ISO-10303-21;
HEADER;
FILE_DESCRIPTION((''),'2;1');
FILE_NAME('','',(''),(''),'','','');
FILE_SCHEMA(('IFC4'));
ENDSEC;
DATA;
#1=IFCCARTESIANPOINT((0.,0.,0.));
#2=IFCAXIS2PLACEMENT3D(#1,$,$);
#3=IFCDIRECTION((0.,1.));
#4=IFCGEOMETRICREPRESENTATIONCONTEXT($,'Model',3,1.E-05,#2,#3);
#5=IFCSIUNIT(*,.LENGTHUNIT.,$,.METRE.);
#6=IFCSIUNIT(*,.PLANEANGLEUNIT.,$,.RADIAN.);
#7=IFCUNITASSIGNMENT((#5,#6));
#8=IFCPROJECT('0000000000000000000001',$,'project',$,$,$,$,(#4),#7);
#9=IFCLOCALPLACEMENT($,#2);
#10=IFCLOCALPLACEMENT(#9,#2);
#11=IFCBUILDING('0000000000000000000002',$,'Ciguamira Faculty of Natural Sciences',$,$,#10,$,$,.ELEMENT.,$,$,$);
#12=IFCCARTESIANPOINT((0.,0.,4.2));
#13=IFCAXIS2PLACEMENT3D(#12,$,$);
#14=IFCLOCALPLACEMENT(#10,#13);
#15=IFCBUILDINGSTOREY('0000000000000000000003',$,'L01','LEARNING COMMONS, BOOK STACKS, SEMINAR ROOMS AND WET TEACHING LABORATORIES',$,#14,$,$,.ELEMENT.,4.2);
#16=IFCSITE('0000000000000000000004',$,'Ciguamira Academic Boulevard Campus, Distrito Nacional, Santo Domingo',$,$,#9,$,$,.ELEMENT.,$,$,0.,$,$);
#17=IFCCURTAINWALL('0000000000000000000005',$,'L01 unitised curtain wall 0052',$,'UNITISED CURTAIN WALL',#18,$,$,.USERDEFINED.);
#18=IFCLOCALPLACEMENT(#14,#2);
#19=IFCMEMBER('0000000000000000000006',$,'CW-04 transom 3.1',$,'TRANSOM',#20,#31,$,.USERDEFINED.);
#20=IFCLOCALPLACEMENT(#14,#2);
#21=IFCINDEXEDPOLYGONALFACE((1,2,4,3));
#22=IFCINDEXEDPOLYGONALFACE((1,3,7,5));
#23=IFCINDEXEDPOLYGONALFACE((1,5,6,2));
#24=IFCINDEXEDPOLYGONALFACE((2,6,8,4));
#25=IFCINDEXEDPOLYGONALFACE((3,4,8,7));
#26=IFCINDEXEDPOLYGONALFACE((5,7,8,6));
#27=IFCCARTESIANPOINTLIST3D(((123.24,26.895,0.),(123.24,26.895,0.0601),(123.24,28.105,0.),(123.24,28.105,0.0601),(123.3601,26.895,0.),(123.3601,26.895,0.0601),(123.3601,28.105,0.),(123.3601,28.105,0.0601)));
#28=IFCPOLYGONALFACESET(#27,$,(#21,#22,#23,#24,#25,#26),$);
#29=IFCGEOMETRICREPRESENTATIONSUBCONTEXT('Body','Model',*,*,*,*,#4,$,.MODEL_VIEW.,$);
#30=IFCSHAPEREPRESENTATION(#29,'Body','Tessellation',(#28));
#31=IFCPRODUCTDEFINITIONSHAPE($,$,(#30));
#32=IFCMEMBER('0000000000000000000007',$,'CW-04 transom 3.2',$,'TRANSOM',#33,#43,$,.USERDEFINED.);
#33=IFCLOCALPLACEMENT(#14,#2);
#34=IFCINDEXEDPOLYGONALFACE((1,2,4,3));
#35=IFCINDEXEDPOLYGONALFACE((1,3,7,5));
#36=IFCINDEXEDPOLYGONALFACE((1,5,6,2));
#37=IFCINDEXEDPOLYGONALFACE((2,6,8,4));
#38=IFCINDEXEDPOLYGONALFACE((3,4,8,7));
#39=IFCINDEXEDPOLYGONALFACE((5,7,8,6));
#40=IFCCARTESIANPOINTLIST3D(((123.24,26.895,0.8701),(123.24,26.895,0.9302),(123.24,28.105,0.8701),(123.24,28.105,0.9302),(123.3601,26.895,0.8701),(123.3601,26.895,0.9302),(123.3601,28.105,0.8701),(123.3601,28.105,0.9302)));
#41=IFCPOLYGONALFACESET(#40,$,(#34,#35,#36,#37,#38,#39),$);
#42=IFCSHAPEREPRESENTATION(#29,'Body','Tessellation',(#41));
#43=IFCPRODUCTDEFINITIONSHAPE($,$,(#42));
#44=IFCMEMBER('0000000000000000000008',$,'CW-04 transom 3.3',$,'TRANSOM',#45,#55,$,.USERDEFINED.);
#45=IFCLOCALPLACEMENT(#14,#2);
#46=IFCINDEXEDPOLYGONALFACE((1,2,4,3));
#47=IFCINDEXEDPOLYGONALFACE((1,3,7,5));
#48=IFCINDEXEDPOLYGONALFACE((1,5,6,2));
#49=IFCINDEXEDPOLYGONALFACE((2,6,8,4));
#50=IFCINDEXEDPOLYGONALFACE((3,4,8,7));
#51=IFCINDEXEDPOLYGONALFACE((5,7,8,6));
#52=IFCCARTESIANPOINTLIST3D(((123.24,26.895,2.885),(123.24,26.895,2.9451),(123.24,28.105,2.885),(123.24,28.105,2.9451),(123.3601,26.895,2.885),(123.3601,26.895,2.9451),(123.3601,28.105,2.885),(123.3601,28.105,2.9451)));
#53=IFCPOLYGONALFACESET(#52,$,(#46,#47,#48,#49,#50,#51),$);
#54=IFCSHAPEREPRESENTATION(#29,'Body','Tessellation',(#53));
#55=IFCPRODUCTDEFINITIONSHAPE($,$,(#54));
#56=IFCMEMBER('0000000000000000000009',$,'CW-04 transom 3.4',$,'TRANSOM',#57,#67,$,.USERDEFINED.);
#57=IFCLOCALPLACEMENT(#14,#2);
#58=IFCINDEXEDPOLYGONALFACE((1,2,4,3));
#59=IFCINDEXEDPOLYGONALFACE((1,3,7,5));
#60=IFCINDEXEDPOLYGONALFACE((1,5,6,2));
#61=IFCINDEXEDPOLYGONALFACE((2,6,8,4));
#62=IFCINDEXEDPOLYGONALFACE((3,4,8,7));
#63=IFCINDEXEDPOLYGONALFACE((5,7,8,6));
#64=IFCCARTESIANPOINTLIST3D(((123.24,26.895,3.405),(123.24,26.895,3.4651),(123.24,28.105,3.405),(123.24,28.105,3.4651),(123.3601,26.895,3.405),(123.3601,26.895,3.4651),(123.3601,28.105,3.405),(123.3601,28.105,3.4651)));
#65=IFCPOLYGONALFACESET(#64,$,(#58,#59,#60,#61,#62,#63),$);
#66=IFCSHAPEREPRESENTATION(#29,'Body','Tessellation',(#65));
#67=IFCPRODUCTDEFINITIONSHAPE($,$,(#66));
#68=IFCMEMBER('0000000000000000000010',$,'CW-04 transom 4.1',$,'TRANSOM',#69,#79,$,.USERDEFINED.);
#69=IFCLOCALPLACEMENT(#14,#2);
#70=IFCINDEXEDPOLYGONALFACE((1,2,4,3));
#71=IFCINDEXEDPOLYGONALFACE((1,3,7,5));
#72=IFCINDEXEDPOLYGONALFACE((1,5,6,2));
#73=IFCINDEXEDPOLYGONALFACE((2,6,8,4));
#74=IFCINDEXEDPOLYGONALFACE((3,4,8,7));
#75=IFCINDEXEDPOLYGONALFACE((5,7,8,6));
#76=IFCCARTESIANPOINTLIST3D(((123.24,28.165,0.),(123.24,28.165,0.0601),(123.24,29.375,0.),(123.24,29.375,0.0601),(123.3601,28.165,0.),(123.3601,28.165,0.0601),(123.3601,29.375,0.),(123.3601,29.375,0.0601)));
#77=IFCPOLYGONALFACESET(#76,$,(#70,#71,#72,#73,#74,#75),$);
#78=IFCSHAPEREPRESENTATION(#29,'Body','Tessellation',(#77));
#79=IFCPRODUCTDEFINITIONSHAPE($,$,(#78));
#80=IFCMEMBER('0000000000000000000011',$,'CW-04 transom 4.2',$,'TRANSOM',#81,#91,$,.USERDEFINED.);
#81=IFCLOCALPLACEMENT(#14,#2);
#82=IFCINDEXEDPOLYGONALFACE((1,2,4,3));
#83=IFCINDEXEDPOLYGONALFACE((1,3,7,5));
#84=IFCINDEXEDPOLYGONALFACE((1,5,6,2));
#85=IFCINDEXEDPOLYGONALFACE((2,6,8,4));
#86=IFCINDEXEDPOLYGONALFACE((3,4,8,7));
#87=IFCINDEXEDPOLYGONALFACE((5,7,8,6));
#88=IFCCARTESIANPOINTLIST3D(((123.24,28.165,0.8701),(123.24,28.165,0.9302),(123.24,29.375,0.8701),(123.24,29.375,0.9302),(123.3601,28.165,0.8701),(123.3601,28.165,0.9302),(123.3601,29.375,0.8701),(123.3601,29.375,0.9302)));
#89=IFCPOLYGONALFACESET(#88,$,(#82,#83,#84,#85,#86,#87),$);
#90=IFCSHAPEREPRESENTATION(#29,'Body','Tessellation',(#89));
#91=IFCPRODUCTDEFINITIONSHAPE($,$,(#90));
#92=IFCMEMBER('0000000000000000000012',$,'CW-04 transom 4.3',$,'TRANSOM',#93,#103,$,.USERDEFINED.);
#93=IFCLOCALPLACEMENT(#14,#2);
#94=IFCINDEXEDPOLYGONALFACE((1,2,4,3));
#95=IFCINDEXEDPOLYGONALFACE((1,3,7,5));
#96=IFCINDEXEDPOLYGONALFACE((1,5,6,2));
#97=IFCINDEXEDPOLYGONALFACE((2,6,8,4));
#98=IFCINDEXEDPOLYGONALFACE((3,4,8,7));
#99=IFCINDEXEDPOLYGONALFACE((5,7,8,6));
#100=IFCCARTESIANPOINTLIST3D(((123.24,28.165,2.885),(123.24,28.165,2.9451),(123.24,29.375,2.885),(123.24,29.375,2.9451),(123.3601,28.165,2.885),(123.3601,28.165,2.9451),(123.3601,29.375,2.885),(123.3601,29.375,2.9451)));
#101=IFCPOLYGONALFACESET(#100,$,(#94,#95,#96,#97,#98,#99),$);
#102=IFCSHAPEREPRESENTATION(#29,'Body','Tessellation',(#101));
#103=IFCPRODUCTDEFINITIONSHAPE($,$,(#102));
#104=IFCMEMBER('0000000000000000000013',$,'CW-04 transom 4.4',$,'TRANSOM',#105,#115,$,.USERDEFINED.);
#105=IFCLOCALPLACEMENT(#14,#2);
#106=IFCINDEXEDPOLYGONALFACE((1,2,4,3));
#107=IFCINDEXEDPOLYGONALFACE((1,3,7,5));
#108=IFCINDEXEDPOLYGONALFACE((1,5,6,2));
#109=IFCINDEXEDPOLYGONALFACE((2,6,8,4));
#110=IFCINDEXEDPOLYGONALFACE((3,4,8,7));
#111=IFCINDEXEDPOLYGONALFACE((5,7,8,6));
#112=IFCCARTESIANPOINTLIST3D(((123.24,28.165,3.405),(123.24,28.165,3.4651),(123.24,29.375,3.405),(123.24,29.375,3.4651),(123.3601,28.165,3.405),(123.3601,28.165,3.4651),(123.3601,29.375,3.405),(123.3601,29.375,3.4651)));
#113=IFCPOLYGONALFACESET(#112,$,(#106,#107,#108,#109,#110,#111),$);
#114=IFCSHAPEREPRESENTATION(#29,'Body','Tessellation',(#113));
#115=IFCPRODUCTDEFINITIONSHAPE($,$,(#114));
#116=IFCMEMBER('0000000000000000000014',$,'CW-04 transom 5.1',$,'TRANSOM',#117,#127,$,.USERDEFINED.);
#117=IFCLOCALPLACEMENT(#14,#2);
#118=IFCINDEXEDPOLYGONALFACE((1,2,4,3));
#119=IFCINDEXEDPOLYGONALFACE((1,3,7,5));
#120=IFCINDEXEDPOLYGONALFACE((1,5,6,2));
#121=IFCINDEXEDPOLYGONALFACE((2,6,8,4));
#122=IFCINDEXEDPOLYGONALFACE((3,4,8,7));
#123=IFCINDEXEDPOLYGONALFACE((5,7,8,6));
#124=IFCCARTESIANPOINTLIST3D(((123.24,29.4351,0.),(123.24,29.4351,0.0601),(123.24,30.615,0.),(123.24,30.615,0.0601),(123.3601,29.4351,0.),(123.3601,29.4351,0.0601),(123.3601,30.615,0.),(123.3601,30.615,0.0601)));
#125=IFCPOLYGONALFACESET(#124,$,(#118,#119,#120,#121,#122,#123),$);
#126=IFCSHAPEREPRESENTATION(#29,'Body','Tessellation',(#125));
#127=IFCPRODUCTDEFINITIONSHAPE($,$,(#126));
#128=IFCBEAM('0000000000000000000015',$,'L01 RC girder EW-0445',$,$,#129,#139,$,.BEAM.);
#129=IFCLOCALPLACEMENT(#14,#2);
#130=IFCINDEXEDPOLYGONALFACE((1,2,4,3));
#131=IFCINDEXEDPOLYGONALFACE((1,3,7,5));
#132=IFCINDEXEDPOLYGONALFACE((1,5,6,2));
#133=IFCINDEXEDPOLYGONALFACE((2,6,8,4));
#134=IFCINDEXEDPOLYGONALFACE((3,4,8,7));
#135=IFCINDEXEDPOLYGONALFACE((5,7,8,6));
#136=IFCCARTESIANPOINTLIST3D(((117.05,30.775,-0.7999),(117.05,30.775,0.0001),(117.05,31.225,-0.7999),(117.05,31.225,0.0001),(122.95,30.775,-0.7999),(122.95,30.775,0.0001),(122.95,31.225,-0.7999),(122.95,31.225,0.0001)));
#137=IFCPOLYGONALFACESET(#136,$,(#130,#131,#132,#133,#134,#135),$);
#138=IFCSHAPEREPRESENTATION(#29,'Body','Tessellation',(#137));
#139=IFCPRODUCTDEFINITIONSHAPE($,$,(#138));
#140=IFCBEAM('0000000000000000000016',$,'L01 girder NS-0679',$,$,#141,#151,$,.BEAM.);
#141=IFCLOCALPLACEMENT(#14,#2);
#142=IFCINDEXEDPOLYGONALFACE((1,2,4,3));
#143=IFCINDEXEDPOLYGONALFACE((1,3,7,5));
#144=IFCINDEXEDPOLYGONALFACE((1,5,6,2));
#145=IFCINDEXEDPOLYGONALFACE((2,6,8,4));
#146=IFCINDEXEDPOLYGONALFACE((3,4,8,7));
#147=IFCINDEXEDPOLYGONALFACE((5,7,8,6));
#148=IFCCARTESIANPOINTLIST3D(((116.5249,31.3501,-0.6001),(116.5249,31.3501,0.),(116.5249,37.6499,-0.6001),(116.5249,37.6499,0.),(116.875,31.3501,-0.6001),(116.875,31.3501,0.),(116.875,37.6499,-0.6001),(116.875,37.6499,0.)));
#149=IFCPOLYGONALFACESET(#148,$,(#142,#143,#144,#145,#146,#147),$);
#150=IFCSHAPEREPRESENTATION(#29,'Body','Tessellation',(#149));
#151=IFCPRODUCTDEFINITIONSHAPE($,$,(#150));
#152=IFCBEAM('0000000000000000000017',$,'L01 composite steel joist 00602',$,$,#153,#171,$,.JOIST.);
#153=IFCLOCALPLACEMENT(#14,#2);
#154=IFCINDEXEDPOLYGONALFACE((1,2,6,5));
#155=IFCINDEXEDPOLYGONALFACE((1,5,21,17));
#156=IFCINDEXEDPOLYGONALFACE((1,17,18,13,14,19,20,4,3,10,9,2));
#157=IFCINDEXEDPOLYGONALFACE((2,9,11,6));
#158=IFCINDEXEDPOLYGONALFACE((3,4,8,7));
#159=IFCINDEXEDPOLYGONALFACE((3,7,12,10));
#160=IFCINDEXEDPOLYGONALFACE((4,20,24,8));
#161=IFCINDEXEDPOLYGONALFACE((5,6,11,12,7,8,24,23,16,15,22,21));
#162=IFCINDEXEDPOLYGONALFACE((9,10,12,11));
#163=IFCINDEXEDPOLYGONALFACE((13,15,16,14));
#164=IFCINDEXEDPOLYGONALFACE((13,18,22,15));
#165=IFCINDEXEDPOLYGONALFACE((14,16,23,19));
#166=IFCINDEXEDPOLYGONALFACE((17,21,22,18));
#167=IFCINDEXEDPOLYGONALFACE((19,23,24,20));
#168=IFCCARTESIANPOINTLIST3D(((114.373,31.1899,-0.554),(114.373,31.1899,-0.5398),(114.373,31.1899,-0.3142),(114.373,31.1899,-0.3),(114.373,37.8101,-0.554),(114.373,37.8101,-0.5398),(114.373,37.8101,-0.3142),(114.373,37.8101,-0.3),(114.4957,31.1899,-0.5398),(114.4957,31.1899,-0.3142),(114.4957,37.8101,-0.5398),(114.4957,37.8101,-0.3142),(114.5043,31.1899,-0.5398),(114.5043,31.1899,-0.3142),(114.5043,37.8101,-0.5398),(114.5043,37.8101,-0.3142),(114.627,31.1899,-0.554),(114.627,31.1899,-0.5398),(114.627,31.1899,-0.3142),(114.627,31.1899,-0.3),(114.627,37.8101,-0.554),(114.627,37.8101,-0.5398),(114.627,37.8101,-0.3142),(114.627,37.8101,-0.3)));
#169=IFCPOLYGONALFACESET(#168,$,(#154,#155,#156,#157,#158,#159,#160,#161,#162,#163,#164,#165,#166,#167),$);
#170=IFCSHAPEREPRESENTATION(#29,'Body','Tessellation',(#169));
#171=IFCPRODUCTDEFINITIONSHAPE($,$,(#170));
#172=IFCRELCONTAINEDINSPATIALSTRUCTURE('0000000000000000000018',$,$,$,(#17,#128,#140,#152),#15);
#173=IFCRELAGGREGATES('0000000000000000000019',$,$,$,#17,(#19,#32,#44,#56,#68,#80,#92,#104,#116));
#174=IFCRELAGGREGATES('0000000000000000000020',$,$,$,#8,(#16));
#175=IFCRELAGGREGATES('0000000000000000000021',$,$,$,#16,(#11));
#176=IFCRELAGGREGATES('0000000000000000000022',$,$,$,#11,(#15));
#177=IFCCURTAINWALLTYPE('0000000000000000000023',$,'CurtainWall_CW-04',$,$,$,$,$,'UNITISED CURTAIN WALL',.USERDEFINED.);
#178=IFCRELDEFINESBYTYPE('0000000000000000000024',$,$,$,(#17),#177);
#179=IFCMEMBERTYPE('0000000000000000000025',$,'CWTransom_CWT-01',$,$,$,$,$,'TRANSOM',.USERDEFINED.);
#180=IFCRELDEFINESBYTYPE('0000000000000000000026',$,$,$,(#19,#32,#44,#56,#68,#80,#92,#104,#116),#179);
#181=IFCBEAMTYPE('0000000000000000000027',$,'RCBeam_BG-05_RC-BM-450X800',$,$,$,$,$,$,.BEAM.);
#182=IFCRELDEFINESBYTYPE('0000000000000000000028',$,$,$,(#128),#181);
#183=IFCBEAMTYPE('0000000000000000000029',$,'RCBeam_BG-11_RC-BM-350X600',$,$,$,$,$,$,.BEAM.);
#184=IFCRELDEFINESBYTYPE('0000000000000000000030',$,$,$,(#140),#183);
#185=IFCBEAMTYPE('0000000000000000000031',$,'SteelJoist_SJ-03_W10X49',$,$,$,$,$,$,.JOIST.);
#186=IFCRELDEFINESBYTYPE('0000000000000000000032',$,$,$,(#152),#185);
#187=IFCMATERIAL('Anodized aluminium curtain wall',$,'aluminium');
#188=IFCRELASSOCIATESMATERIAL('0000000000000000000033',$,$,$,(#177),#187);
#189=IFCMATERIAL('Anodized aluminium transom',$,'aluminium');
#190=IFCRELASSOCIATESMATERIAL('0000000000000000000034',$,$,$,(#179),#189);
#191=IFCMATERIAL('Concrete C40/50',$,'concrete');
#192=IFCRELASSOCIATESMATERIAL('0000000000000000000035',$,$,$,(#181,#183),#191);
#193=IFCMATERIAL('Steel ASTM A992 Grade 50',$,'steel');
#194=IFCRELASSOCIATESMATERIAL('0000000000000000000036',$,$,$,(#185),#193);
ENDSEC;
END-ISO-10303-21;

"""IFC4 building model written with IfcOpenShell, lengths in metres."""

from ifc_helpers import new_model, si_unit, direction, frame, origin, origin_2d, place, context, subcontext, project, spatial, rectangle, i_section, extrude, material, material_profile, profile_set, type_object, element, aggregate, save


model = new_model("IFC4")

# Units and contexts
model_context = context("Model", 3, precision=1e-05, world=origin(), true_north=direction((0.0, 1.0)))
body_context = subcontext(model_context, "Body", "Model", "MODEL_VIEW")
ifc_project = project(units=[si_unit("LENGTHUNIT", "METRE"), si_unit("PLANEANGLEUNIT", "RADIAN")], contexts=[model_context])

# Site, building, storey
site_placement = place(None, origin())
site = spatial("IfcSite", under=ifc_project, at=site_placement, Name="Ciguamira Academic Boulevard Campus, Distrito Nacional, Santo Domingo", CompositionType="ELEMENT", RefElevation=0.0)
building_placement = place(site_placement, origin())
building = spatial("IfcBuilding", under=site, at=building_placement, Name="Ciguamira Faculty of Natural Sciences", CompositionType="ELEMENT")
storey_placement = place(building_placement, frame((0.0, 0.0, 4.2)))
storey = spatial("IfcBuildingStorey", under=building, at=storey_placement, Name="L01", Description="LEARNING COMMONS, BOOK STACKS, SEMINAR ROOMS AND WET TEACHING LABORATORIES", CompositionType="ELEMENT", Elevation=4.2)

# Shared definitions
ifc_material_1 = material(Name="Concrete C40/50", Category="concrete")

# Shared definitions
ifc_material_2 = material(Name="Anodized aluminium curtain wall", Category="aluminium")

# Curtain wall
curtain_wall_type_1 = type_object("IfcCurtainWallType", Name="CurtainWall_CW-04", ElementType="UNITISED CURTAIN WALL", PredefinedType="USERDEFINED", material=ifc_material_2)
curtain_wall_1_placement = place(storey_placement, origin())
curtain_wall_1 = element("IfcCurtainWall", 1, at=curtain_wall_1_placement, inside=storey, type_object=curtain_wall_type_1, Name="L01 unitised curtain wall 0052", ObjectType="UNITISED CURTAIN WALL", PredefinedType="USERDEFINED")

# Members
ifc_material_3 = material(Name="Anodized aluminium transom", Category="aluminium")
ifc_material_profile_1 = material_profile(ifc_material_3, rectangle(XDim=0.0601, YDim=0.1201, at=origin_2d()), Name="ALU-TRN-60X120")
ifc_profile_set_1 = profile_set([ifc_material_profile_1], Name="Anodized aluminium transom")
member_type_1 = type_object("IfcMemberType", Name="CWTransom_CWT-01", ElementType="TRANSOM", PredefinedType="USERDEFINED", material=ifc_profile_set_1)
member_1_placement = place(storey_placement, frame((123.3, 26.895, 0.03), z_axis=(0.0, 1.0, 0.0), x_axis=(0.0, 0.0, 1.0)))
member_1 = element("IfcMember", 2, at=member_1_placement, type_object=member_type_1, Name="CW-04 transom 3.1", ObjectType="TRANSOM", PredefinedType="USERDEFINED", context=body_context, shape_type="SweptSolid", body=[
    extrude(rectangle(XDim=0.0601, YDim=0.1201, at=origin_2d()), origin(), (0.0, 0.0, 1.0), 1.21),
])
member_2_placement = place(storey_placement, frame((123.3, 26.895, 0.9001), z_axis=(0.0, 1.0, 0.0), x_axis=(0.0, 0.0, 1.0)))
member_2 = element("IfcMember", 3, at=member_2_placement, type_object=member_type_1, Name="CW-04 transom 3.2", ObjectType="TRANSOM", PredefinedType="USERDEFINED", context=body_context, shape_type="SweptSolid", body=[
    extrude(rectangle(XDim=0.0601, YDim=0.1201, at=origin_2d()), origin(), (0.0, 0.0, 1.0), 1.21),
])
member_3_placement = place(storey_placement, frame((123.3, 26.895, 2.915), z_axis=(0.0, 1.0, 0.0), x_axis=(0.0, 0.0, 1.0)))
member_3 = element("IfcMember", 4, at=member_3_placement, type_object=member_type_1, Name="CW-04 transom 3.3", ObjectType="TRANSOM", PredefinedType="USERDEFINED", context=body_context, shape_type="SweptSolid", body=[
    extrude(rectangle(XDim=0.0601, YDim=0.1201, at=origin_2d()), origin(), (0.0, 0.0, 1.0), 1.21),
])
member_4_placement = place(storey_placement, frame((123.3, 26.895, 3.4351), z_axis=(0.0, 1.0, 0.0), x_axis=(0.0, 0.0, 1.0)))
member_4 = element("IfcMember", 5, at=member_4_placement, type_object=member_type_1, Name="CW-04 transom 3.4", ObjectType="TRANSOM", PredefinedType="USERDEFINED", context=body_context, shape_type="SweptSolid", body=[
    extrude(rectangle(XDim=0.0601, YDim=0.1201, at=origin_2d()), origin(), (0.0, 0.0, 1.0), 1.21),
])
member_5_placement = place(storey_placement, frame((123.3, 28.165, 0.03), z_axis=(0.0, 1.0, 0.0), x_axis=(0.0, 0.0, 1.0)))
member_5 = element("IfcMember", 6, at=member_5_placement, type_object=member_type_1, Name="CW-04 transom 4.1", ObjectType="TRANSOM", PredefinedType="USERDEFINED", context=body_context, shape_type="SweptSolid", body=[
    extrude(rectangle(XDim=0.0601, YDim=0.1201, at=origin_2d()), origin(), (0.0, 0.0, 1.0), 1.21),
])
member_6_placement = place(storey_placement, frame((123.3, 28.165, 0.9001), z_axis=(0.0, 1.0, 0.0), x_axis=(0.0, 0.0, 1.0)))
member_6 = element("IfcMember", 7, at=member_6_placement, type_object=member_type_1, Name="CW-04 transom 4.2", ObjectType="TRANSOM", PredefinedType="USERDEFINED", context=body_context, shape_type="SweptSolid", body=[
    extrude(rectangle(XDim=0.0601, YDim=0.1201, at=origin_2d()), origin(), (0.0, 0.0, 1.0), 1.21),
])
member_7_placement = place(storey_placement, frame((123.3, 28.165, 2.915), z_axis=(0.0, 1.0, 0.0), x_axis=(0.0, 0.0, 1.0)))
member_7 = element("IfcMember", 8, at=member_7_placement, type_object=member_type_1, Name="CW-04 transom 4.3", ObjectType="TRANSOM", PredefinedType="USERDEFINED", context=body_context, shape_type="SweptSolid", body=[
    extrude(rectangle(XDim=0.0601, YDim=0.1201, at=origin_2d()), origin(), (0.0, 0.0, 1.0), 1.21),
])
member_8_placement = place(storey_placement, frame((123.3, 28.165, 3.4351), z_axis=(0.0, 1.0, 0.0), x_axis=(0.0, 0.0, 1.0)))
member_8 = element("IfcMember", 9, at=member_8_placement, type_object=member_type_1, Name="CW-04 transom 4.4", ObjectType="TRANSOM", PredefinedType="USERDEFINED", context=body_context, shape_type="SweptSolid", body=[
    extrude(rectangle(XDim=0.0601, YDim=0.1201, at=origin_2d()), origin(), (0.0, 0.0, 1.0), 1.21),
])
member_9_placement = place(storey_placement, frame((123.3, 29.4351, 0.03), z_axis=(0.0, 1.0, 0.0), x_axis=(0.0, 0.0, 1.0)))
member_9 = element("IfcMember", 10, at=member_9_placement, type_object=member_type_1, Name="CW-04 transom 5.1", ObjectType="TRANSOM", PredefinedType="USERDEFINED", context=body_context, shape_type="SweptSolid", body=[
    extrude(rectangle(XDim=0.0601, YDim=0.1201, at=origin_2d()), origin(), (0.0, 0.0, 1.0), 1.1799),
])

# Beams
ifc_material_profile_2 = material_profile(ifc_material_1, rectangle(XDim=0.45, YDim=0.8, at=origin_2d()), Name="RC-BM-450X800")
ifc_profile_set_2 = profile_set([ifc_material_profile_2], Name="Concrete C40/50")
beam_type_1 = type_object("IfcBeamType", Name="RCBeam_BG-05_RC-BM-450X800", PredefinedType="BEAM", material=ifc_profile_set_2)
beam_1_placement = place(storey_placement, frame((117.05, 31.0, -0.3999), z_axis=(1.0, 0.0, 0.0), x_axis=(0.0, 1.0, 0.0)))
element("IfcBeam", 11, at=beam_1_placement, inside=storey, type_object=beam_type_1, Name="L01 RC girder EW-0445", PredefinedType="BEAM", context=body_context, shape_type="SweptSolid", body=[
    extrude(rectangle(XDim=0.45, YDim=0.8, at=origin_2d()), origin(), (0.0, 0.0, 1.0), 5.8999),
])
ifc_material_profile_3 = material_profile(ifc_material_1, rectangle(XDim=0.3501, YDim=0.6001, at=origin_2d()), Name="RC-BM-350X600")
ifc_profile_set_3 = profile_set([ifc_material_profile_3], Name="Concrete C40/50")
beam_type_2 = type_object("IfcBeamType", Name="RCBeam_BG-11_RC-BM-350X600", PredefinedType="BEAM", material=ifc_profile_set_3)
beam_2_placement = place(storey_placement, frame((116.7, 31.3501, -0.3), z_axis=(0.0, 1.0, 0.0), x_axis=(-1.0, 0.0, 0.0)))
element("IfcBeam", 12, at=beam_2_placement, inside=storey, type_object=beam_type_2, Name="L01 girder NS-0679", PredefinedType="BEAM", context=body_context, shape_type="SweptSolid", body=[
    extrude(rectangle(XDim=0.3501, YDim=0.6001, at=origin_2d()), origin(), (0.0, 0.0, 1.0), 6.2998),
])
ifc_material_4 = material(Name="Steel ASTM A992 Grade 50", Category="steel")
ifc_material_profile_4 = material_profile(ifc_material_4, i_section(OverallWidth=0.2539, OverallDepth=0.2539, WebThickness=0.0085, FlangeThickness=0.0142, at=origin_2d()), Name="W10X49")
ifc_profile_set_4 = profile_set([ifc_material_profile_4], Name="Steel ASTM A992 Grade 50")
beam_type_3 = type_object("IfcBeamType", Name="SteelJoist_SJ-03_W10X49", PredefinedType="JOIST", material=ifc_profile_set_4)
beam_3_placement = place(storey_placement, frame((114.5, 31.1899, -0.427), z_axis=(0.0, 1.0, 0.0), x_axis=(-1.0, 0.0, 0.0)))
element("IfcBeam", 13, at=beam_3_placement, inside=storey, type_object=beam_type_3, Name="L01 composite steel joist 00602", PredefinedType="JOIST", context=body_context, shape_type="SweptSolid", body=[
    extrude(i_section(OverallWidth=0.2539, OverallDepth=0.2539, WebThickness=0.0085, FlangeThickness=0.0142, at=origin_2d()), origin(), (0.0, 0.0, 1.0), 6.6201),
])

aggregate(curtain_wall_1, [member_1, member_2, member_3, member_4, member_5, member_6, member_7, member_8, member_9])

save(model, "model.ifc")
